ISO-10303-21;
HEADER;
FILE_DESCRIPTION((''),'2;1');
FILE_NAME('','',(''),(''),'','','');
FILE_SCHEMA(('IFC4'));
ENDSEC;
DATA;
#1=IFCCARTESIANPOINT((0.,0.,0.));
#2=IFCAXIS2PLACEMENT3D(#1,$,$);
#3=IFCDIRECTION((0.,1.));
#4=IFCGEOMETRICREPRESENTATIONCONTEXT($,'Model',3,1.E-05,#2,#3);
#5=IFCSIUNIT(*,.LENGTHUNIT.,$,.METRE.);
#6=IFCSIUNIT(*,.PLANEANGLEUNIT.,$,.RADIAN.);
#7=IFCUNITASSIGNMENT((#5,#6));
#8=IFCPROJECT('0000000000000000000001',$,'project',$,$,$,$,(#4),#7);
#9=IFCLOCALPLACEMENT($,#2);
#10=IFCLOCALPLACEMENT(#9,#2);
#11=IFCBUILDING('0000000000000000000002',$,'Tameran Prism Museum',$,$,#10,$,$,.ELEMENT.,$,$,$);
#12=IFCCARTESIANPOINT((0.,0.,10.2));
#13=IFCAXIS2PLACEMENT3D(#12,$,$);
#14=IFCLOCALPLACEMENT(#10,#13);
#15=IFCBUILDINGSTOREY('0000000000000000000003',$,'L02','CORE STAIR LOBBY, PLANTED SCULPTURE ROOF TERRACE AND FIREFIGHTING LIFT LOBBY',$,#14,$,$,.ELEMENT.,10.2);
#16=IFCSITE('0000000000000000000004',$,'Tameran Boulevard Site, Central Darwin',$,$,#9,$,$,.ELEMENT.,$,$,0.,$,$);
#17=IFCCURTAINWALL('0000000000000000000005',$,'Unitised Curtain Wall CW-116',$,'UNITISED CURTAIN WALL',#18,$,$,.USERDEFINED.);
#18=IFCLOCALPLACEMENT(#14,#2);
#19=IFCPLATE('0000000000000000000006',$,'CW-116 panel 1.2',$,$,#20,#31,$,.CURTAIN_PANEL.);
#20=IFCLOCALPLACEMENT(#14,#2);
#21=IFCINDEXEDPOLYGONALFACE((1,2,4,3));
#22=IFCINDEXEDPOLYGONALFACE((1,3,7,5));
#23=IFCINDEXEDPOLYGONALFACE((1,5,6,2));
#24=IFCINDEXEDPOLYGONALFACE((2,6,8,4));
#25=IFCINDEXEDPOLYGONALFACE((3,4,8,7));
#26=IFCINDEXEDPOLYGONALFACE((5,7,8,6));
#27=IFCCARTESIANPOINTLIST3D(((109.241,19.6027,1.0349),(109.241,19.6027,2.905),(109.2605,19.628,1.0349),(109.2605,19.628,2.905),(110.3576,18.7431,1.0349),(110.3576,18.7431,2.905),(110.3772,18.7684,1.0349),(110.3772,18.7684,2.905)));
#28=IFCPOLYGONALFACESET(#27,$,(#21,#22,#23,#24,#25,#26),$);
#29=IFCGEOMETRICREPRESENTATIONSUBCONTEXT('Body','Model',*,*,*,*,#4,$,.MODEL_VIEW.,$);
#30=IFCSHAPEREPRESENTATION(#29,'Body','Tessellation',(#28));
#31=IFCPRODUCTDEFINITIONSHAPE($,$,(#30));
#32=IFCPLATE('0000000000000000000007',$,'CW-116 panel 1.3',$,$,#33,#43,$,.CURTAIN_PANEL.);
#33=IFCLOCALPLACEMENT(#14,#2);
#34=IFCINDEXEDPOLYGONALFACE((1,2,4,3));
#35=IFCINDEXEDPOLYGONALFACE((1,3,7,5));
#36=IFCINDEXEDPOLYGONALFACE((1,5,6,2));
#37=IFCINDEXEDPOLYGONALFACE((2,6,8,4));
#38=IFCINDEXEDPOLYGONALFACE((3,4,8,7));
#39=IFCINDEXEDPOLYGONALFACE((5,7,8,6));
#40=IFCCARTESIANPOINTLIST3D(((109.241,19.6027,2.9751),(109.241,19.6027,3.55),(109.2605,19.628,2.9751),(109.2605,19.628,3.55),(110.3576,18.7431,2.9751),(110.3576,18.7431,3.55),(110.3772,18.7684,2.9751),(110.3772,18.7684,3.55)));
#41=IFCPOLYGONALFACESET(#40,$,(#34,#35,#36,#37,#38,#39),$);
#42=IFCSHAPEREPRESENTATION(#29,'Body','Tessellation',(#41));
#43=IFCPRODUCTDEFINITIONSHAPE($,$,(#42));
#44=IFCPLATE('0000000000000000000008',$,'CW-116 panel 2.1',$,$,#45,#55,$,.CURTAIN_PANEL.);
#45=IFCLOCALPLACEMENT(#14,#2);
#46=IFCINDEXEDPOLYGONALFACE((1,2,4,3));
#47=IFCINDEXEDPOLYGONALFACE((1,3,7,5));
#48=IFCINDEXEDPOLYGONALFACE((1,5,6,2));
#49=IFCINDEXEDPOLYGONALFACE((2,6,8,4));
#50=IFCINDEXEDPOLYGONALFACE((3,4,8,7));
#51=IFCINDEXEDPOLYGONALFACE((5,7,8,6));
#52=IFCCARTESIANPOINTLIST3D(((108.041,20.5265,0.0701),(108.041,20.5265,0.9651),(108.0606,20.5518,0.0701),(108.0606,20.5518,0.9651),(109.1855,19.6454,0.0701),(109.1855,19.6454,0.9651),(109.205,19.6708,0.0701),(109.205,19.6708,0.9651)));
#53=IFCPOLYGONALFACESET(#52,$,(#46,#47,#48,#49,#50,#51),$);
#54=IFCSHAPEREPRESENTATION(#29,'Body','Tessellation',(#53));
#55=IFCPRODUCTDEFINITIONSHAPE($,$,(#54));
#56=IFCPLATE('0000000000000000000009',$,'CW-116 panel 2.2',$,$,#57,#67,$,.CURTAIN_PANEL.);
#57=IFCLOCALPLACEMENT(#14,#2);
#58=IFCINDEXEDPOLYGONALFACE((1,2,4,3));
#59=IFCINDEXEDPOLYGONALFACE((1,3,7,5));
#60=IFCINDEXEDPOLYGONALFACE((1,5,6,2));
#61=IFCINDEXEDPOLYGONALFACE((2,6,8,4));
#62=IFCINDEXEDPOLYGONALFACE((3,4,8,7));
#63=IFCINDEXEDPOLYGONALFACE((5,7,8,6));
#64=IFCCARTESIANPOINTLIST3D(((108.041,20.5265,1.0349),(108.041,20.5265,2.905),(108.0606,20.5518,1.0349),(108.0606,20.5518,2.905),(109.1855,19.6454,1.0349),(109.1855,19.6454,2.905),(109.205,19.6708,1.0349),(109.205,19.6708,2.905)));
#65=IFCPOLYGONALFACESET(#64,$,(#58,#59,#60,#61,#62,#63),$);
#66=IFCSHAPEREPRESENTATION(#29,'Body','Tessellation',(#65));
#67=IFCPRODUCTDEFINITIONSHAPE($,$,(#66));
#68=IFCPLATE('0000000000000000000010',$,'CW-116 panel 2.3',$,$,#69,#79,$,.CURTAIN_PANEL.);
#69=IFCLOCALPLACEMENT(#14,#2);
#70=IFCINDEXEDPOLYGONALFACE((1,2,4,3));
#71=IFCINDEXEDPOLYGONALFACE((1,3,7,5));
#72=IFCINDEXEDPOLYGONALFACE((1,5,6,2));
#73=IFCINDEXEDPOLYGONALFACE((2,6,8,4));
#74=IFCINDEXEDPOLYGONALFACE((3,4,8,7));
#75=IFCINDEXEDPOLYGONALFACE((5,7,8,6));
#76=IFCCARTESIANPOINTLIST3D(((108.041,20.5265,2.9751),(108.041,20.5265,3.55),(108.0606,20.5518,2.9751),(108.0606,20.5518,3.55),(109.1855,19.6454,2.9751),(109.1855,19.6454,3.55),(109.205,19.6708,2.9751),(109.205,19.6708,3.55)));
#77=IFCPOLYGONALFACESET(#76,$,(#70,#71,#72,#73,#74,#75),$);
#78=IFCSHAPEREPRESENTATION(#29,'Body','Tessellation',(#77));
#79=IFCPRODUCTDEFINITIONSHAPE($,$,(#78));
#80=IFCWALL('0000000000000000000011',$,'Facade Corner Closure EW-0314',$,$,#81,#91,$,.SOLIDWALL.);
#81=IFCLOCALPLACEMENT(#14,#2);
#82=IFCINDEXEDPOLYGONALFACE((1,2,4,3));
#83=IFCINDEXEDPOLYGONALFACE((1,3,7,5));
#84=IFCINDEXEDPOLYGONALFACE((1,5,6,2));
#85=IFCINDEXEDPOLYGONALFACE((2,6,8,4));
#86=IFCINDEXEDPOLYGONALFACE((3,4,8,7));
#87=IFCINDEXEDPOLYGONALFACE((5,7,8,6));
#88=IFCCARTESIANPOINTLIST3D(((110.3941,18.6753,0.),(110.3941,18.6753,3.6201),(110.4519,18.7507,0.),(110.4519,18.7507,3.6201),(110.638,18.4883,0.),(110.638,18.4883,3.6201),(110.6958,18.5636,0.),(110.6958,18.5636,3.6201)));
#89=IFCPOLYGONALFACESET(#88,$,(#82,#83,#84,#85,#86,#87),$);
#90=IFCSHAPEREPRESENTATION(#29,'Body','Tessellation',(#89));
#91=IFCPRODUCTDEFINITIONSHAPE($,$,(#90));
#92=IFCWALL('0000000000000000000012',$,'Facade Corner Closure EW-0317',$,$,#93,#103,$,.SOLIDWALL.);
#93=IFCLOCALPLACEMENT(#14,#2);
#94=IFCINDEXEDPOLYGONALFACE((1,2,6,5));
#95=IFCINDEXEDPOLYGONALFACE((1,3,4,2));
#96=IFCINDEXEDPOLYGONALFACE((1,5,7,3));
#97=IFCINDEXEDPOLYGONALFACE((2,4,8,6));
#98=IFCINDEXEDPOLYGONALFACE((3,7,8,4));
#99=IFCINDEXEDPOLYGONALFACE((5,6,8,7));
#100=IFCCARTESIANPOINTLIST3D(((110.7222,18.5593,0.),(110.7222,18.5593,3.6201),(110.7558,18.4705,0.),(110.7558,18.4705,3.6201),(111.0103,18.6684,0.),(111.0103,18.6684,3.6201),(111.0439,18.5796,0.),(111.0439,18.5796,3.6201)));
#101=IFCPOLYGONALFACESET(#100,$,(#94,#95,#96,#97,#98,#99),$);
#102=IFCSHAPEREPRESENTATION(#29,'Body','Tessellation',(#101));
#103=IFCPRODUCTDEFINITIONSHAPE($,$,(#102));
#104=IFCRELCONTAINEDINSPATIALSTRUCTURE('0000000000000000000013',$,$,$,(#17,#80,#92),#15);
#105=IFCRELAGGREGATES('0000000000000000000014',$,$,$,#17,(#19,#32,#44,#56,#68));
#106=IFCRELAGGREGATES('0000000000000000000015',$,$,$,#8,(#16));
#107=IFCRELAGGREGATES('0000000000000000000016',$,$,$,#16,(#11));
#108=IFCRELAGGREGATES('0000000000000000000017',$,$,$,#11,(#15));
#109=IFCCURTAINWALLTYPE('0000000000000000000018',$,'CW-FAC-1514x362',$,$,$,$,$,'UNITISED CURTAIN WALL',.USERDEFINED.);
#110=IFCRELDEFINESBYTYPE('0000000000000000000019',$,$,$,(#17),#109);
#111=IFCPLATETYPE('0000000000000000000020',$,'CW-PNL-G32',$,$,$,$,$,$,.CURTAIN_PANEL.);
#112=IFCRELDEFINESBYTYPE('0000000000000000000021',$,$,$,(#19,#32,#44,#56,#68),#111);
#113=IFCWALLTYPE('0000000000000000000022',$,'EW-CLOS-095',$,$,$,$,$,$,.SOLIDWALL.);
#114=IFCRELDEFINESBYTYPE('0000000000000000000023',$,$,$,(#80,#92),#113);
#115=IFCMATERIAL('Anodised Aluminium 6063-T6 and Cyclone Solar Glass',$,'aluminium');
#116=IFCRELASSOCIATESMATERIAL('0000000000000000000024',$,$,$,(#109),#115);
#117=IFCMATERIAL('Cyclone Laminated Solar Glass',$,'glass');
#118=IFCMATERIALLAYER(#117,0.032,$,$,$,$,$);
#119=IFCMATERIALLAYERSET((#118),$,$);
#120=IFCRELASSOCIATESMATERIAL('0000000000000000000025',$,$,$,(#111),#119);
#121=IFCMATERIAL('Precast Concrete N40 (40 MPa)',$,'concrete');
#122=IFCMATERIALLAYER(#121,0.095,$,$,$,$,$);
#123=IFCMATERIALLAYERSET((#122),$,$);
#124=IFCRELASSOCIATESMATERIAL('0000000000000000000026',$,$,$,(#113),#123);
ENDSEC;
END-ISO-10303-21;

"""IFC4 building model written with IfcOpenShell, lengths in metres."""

from ifc_helpers import new_model, si_unit, direction, frame, frame_2d, origin, origin_2d, place, context, subcontext, project, spatial, rectangle, extrude, material, layer, layer_set, type_object, element, aggregate, save


model = new_model("IFC4")

# Units and contexts
model_context = context("Model", 3, precision=1e-05, world=origin(), true_north=direction((0.0, 1.0)))
body_context = subcontext(model_context, "Body", "Model", "MODEL_VIEW")
ifc_project = project(units=[si_unit("LENGTHUNIT", "METRE"), si_unit("PLANEANGLEUNIT", "RADIAN")], contexts=[model_context])

# Site, building, storey
site_placement = place(None, origin())
site = spatial("IfcSite", under=ifc_project, at=site_placement, Name="Tameran Boulevard Site, Central Darwin", CompositionType="ELEMENT", RefElevation=0.0)
building_placement = place(site_placement, origin())
building = spatial("IfcBuilding", under=site, at=building_placement, Name="Tameran Prism Museum", CompositionType="ELEMENT")
storey_placement = place(building_placement, frame((0.0, 0.0, 10.2)))
storey = spatial("IfcBuildingStorey", under=building, at=storey_placement, Name="L02", Description="CORE STAIR LOBBY, PLANTED SCULPTURE ROOF TERRACE AND FIREFIGHTING LIFT LOBBY", CompositionType="ELEMENT", Elevation=10.2)

# Curtain wall
ifc_material_1 = material(Name="Anodised Aluminium 6063-T6 and Cyclone Solar Glass", Category="aluminium")
curtain_wall_type_1 = type_object("IfcCurtainWallType", Name="CW-FAC-1514x362", ElementType="UNITISED CURTAIN WALL", PredefinedType="USERDEFINED", material=ifc_material_1)
curtain_wall_1_placement = place(storey_placement, origin())
curtain_wall_1 = element("IfcCurtainWall", 1, at=curtain_wall_1_placement, inside=storey, type_object=curtain_wall_type_1, Name="Unitised Curtain Wall CW-116", ObjectType="UNITISED CURTAIN WALL", PredefinedType="USERDEFINED")

# Plates
ifc_material_2 = material(Name="Cyclone Laminated Solar Glass", Category="glass")
ifc_layer_1 = layer(ifc_material_2, 0.032)
ifc_layer_set_1 = layer_set([ifc_layer_1])
plate_type_1 = type_object("IfcPlateType", Name="CW-PNL-G32", PredefinedType="CURTAIN_PANEL", material=ifc_layer_set_1)
plate_1_placement = place(storey_placement, frame((109.8091, 19.1855, 1.0349), z_axis=(0.0, 0.0, 1.0), x_axis=(-0.792401, 0.610001, 0.0)))
plate_1 = element("IfcPlate", 2, at=plate_1_placement, type_object=plate_type_1, Name="CW-116 panel 1.2", PredefinedType="CURTAIN_PANEL", context=body_context, shape_type="SweptSolid", body=[
    extrude(rectangle(XDim=1.4092, YDim=0.032, at=origin_2d()), origin(), (0.0, 0.0, 1.0), 1.8701),
])
plate_2_placement = place(storey_placement, frame((109.8091, 19.1855, 2.9751), z_axis=(0.0, 0.0, 1.0), x_axis=(-0.792401, 0.610001, 0.0)))
plate_2 = element("IfcPlate", 3, at=plate_2_placement, type_object=plate_type_1, Name="CW-116 panel 1.3", PredefinedType="CURTAIN_PANEL", context=body_context, shape_type="SweptSolid", body=[
    extrude(rectangle(XDim=1.4092, YDim=0.032, at=origin_2d()), origin(), (0.0, 0.0, 1.0), 0.575),
])
plate_3_placement = place(storey_placement, frame((108.623, 20.0986, 0.0701), z_axis=(0.0, 0.0, 1.0), x_axis=(-0.792401, 0.610001, 0.0)))
plate_3 = element("IfcPlate", 4, at=plate_3_placement, type_object=plate_type_1, Name="CW-116 panel 2.1", PredefinedType="CURTAIN_PANEL", context=body_context, shape_type="SweptSolid", body=[
    extrude(rectangle(XDim=1.4443, YDim=0.032, at=origin_2d()), origin(), (0.0, 0.0, 1.0), 0.895),
])
plate_4_placement = place(storey_placement, frame((108.623, 20.0986, 1.0349), z_axis=(0.0, 0.0, 1.0), x_axis=(-0.792401, 0.610001, 0.0)))
plate_4 = element("IfcPlate", 5, at=plate_4_placement, type_object=plate_type_1, Name="CW-116 panel 2.2", PredefinedType="CURTAIN_PANEL", context=body_context, shape_type="SweptSolid", body=[
    extrude(rectangle(XDim=1.4443, YDim=0.032, at=origin_2d()), origin(), (0.0, 0.0, 1.0), 1.8701),
])
plate_5_placement = place(storey_placement, frame((108.623, 20.0986, 2.9751), z_axis=(0.0, 0.0, 1.0), x_axis=(-0.792401, 0.610001, 0.0)))
plate_5 = element("IfcPlate", 6, at=plate_5_placement, type_object=plate_type_1, Name="CW-116 panel 2.3", PredefinedType="CURTAIN_PANEL", context=body_context, shape_type="SweptSolid", body=[
    extrude(rectangle(XDim=1.4443, YDim=0.032, at=origin_2d()), origin(), (0.0, 0.0, 1.0), 0.575),
])
aggregate(curtain_wall_1, [plate_1, plate_2, plate_3, plate_4, plate_5])

# Walls
ifc_material_3 = material(Name="Precast Concrete N40 (40 MPa)", Category="concrete")
ifc_layer_2 = layer(ifc_material_3, 0.095)
ifc_layer_set_2 = layer_set([ifc_layer_2])
wall_type = type_object("IfcWallType", Name="EW-CLOS-095", PredefinedType="SOLIDWALL", material=ifc_layer_set_2)
wall_1_placement = place(storey_placement, frame((110.667, 18.5259, 0.0), z_axis=(0.0, 0.0, 1.0), x_axis=(-0.793568, 0.608482, 0.0)))
element("IfcWall", 7, at=wall_1_placement, inside=storey, type_object=wall_type, Name="Facade Corner Closure EW-0314", PredefinedType="SOLIDWALL", context=body_context, shape_type="SweptSolid", body=[
    extrude(rectangle(XDim=0.3074, YDim=0.095, at=frame_2d((0.1538, 0.0))), origin(), (0.0, 0.0, 1.0), 3.6201),
])
wall_2_placement = place(storey_placement, frame((111.0271, 18.624, 0.0), z_axis=(0.0, 0.0, 1.0), x_axis=(-0.935151, -0.354248, 0.0)))
element("IfcWall", 8, at=wall_2_placement, inside=storey, type_object=wall_type, Name="Facade Corner Closure EW-0317", PredefinedType="SOLIDWALL", context=body_context, shape_type="SweptSolid", body=[
    extrude(rectangle(XDim=0.3081, YDim=0.095, at=frame_2d((0.1541, 0.0))), origin(), (0.0, 0.0, 1.0), 3.6201),
])

save(model, "model.ifc")
